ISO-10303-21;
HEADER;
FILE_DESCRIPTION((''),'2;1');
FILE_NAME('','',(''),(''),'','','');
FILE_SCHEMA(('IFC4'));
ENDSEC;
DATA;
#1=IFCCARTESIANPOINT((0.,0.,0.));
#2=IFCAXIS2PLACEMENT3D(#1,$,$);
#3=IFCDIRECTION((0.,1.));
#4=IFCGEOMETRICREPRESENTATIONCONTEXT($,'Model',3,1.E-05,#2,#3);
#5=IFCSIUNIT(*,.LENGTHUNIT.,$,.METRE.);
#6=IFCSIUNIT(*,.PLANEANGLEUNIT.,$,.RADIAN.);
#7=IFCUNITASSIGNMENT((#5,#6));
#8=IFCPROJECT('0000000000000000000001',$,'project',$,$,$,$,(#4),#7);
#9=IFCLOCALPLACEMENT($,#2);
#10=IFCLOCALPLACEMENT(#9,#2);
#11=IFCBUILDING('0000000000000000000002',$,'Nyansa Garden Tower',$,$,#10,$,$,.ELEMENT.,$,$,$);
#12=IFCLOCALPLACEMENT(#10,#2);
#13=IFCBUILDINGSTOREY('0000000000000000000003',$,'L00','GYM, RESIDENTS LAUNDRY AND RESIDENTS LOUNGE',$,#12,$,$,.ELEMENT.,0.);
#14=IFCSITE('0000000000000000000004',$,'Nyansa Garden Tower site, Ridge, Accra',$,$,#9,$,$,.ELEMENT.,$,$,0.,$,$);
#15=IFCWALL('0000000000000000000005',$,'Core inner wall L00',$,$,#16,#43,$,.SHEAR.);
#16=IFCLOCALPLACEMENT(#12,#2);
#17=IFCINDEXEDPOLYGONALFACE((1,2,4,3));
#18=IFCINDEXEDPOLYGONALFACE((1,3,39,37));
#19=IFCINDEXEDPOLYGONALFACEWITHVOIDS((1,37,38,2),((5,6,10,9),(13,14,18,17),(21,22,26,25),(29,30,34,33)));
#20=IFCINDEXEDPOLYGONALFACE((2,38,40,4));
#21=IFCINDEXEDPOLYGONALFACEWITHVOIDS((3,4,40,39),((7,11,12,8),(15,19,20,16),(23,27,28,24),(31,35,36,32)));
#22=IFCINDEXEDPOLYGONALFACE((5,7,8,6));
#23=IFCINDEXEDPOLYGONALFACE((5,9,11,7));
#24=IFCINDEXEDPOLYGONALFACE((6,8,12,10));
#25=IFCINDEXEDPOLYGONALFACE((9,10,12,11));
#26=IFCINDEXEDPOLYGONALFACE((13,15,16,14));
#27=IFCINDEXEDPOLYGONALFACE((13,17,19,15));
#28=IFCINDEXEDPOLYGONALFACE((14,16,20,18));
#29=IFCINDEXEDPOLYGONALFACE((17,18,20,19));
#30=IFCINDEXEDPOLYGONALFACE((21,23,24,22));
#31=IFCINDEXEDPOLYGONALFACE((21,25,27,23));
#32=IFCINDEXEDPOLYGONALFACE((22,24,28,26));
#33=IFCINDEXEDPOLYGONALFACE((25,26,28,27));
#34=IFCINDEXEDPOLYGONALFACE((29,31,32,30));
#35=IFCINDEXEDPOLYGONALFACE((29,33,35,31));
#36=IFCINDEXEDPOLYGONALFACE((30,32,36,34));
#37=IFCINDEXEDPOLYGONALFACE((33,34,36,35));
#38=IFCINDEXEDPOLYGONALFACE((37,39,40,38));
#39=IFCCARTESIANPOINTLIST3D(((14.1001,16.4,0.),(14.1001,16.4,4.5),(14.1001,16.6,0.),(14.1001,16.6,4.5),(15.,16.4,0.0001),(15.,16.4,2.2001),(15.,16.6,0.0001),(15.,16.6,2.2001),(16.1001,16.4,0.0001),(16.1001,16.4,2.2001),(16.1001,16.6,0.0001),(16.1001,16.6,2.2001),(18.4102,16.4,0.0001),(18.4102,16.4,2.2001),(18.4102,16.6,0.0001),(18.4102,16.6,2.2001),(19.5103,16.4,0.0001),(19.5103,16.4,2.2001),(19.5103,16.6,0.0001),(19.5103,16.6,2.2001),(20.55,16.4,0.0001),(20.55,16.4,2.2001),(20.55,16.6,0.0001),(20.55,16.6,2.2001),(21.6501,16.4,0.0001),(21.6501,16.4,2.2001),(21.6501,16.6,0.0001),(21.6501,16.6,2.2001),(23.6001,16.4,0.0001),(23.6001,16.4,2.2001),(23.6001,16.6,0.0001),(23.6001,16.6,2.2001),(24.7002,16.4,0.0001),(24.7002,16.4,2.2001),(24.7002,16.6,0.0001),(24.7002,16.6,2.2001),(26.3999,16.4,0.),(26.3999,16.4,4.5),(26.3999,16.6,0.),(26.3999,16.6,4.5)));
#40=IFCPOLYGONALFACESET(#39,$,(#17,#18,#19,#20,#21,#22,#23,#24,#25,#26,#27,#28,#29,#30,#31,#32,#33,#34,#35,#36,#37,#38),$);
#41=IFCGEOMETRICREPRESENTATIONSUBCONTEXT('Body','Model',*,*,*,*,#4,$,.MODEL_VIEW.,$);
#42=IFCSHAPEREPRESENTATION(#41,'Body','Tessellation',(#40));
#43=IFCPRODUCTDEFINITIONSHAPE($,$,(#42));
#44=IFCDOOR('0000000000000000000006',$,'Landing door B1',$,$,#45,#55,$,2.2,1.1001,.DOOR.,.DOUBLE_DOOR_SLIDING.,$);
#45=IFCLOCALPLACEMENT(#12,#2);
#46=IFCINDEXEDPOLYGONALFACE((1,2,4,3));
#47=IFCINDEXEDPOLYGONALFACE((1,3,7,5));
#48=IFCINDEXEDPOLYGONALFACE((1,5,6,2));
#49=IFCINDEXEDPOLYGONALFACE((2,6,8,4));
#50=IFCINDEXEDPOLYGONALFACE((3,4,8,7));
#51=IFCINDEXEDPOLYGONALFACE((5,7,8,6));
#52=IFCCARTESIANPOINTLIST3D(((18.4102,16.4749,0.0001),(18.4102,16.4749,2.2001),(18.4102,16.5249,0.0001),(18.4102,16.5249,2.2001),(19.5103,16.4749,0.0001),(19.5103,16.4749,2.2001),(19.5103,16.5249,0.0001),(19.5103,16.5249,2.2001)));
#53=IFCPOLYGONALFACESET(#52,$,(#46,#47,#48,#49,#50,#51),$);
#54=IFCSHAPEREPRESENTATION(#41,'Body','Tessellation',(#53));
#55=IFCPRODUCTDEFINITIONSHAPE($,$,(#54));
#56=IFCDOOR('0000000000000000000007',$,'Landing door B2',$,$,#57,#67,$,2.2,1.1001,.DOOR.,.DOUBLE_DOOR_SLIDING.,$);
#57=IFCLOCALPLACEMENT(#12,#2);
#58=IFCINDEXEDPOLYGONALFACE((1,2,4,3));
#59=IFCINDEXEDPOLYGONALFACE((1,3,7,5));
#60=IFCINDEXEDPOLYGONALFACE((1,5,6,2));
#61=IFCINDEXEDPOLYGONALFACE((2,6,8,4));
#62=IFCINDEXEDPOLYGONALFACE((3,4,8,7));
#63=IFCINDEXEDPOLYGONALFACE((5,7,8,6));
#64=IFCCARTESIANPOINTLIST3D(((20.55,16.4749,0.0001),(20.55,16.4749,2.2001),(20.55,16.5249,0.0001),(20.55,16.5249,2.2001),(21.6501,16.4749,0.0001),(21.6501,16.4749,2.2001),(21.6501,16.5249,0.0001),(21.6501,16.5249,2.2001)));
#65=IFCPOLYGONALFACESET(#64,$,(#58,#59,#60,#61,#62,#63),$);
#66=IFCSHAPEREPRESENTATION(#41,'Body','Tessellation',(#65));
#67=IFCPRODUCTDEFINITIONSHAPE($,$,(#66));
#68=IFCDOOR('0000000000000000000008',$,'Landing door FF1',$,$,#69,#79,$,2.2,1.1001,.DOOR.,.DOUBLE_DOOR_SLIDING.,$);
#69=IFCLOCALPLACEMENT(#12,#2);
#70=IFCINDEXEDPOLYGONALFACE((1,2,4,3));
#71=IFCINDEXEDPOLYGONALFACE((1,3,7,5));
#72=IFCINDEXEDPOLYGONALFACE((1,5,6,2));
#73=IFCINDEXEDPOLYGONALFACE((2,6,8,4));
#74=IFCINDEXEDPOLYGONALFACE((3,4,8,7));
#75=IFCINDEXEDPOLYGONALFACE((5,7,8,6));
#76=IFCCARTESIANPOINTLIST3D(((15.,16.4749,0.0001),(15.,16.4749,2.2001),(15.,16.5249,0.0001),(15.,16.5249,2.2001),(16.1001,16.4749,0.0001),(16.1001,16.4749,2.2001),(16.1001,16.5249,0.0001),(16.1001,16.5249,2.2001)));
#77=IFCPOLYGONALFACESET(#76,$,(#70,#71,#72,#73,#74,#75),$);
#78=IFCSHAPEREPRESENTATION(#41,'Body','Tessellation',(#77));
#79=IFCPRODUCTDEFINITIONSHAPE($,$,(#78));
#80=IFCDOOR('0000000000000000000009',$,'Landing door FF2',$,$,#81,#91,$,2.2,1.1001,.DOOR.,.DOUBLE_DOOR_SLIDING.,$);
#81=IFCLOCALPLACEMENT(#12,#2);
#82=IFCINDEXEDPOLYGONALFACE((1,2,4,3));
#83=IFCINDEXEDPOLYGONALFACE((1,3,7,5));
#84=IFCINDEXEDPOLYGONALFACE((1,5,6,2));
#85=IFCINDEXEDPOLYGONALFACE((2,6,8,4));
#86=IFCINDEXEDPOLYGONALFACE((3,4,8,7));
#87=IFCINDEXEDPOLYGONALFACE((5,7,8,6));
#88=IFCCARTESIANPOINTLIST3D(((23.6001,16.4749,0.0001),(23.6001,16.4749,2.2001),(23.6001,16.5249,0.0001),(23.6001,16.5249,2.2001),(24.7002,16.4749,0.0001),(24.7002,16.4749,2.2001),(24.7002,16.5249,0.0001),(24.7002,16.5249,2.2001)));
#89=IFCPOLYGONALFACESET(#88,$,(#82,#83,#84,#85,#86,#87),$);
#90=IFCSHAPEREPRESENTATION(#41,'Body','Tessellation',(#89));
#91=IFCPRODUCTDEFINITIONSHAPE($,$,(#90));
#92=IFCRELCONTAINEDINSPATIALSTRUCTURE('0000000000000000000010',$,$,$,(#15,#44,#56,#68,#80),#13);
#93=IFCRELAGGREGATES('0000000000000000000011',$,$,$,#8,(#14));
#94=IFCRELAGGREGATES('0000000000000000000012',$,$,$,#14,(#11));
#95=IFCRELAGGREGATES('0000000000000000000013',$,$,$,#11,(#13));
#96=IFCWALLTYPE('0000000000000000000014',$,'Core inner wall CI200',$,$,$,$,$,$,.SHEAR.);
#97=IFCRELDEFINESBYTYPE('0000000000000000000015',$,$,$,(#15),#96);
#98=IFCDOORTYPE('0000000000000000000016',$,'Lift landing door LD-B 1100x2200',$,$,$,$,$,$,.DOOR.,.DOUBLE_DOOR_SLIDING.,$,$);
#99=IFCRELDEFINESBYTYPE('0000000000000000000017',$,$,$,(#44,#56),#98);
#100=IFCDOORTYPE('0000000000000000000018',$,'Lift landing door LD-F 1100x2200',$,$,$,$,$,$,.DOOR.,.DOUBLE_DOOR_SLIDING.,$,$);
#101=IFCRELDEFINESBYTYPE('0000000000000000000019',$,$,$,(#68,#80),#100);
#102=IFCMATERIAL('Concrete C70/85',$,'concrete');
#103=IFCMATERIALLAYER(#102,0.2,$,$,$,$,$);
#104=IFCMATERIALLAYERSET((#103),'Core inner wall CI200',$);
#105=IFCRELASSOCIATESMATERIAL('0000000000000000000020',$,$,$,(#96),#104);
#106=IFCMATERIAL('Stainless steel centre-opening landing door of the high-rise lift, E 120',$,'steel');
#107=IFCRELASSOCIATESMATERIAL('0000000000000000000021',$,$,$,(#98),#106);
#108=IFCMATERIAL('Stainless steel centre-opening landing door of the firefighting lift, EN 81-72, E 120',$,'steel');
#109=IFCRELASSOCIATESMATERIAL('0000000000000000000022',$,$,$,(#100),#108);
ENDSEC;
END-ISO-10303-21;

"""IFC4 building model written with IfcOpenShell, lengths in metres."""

from ifc_helpers import new_model, si_unit, direction, frame, frame_2d, origin, place, context, subcontext, project, spatial, rectangle, extrude, material, layer, layer_set, type_object, element, fill, save


model = new_model("IFC4")

# Units and contexts
model_context = context("Model", 3, precision=1e-05, world=origin(), true_north=direction((0.0, 1.0)))
body_context = subcontext(model_context, "Body", "Model", "MODEL_VIEW")
ifc_project = project(units=[si_unit("LENGTHUNIT", "METRE"), si_unit("PLANEANGLEUNIT", "RADIAN")], contexts=[model_context])

# Site, building, storey
site_placement = place(None, origin())
site = spatial("IfcSite", under=ifc_project, at=site_placement, Name="Nyansa Garden Tower site, Ridge, Accra", CompositionType="ELEMENT", RefElevation=0.0)
building_placement = place(site_placement, origin())
building = spatial("IfcBuilding", under=site, at=building_placement, Name="Nyansa Garden Tower", CompositionType="ELEMENT")
storey_placement = place(building_placement, origin())
storey = spatial("IfcBuildingStorey", under=building, at=storey_placement, Name="L00", Description="GYM, RESIDENTS LAUNDRY AND RESIDENTS LOUNGE", CompositionType="ELEMENT", Elevation=0.0)

# Wall, openings, doors
ifc_material_1 = material(Name="Concrete C70/85", Category="concrete")
ifc_layer_1 = layer(ifc_material_1, 0.2)
ifc_layer_set_1 = layer_set([ifc_layer_1], Name="Core inner wall CI200")
wall_type_1 = type_object("IfcWallType", Name="Core inner wall CI200", PredefinedType="SHEAR", material=ifc_layer_set_1)
wall_1_placement = place(storey_placement, frame((14.1001, 16.5, 0.0), z_axis=(0.0, 0.0, 1.0), x_axis=(1.0, 0.0, 0.0)))
wall_1 = element("IfcWall", 1, at=wall_1_placement, inside=storey, type_object=wall_type_1, Name="Core inner wall L00", PredefinedType="SHEAR", context=body_context, shape_type="SweptSolid", body=[
    extrude(rectangle(XDim=12.2998, YDim=0.2, at=frame_2d((6.1499, 0.0))), origin(), (0.0, 0.0, 1.0), 4.5),
])
opening_1_placement = place(wall_1_placement, frame((0.8999, 0.0, 0.0)))
opening_1 = element("IfcOpeningElement", 2, at=opening_1_placement, cuts=wall_1, PredefinedType="OPENING", context=body_context, shape_type="SweptSolid", body=[
    extrude(rectangle(XDim=1.1001, YDim=2.2, at=frame_2d((0.55, 1.1001))), frame((0.0, 0.1099, 0.0), z_axis=(0.0, -1.0, 0.0), x_axis=(1.0, 0.0, 0.0)), (0.0, 0.0, 1.0), 0.22),
])
opening_2_placement = place(wall_1_placement, frame((4.3101, 0.0, 0.0)))
opening_2 = element("IfcOpeningElement", 3, at=opening_2_placement, cuts=wall_1, PredefinedType="OPENING", context=body_context, shape_type="SweptSolid", body=[
    extrude(rectangle(XDim=1.1001, YDim=2.2, at=frame_2d((0.55, 1.1001))), frame((0.0, 0.1099, 0.0), z_axis=(0.0, -1.0, 0.0), x_axis=(1.0, 0.0, 0.0)), (0.0, 0.0, 1.0), 0.22),
])
opening_3_placement = place(wall_1_placement, frame((6.45, 0.0, 0.0)))
opening_3 = element("IfcOpeningElement", 4, at=opening_3_placement, cuts=wall_1, PredefinedType="OPENING", context=body_context, shape_type="SweptSolid", body=[
    extrude(rectangle(XDim=1.1001, YDim=2.2, at=frame_2d((0.55, 1.1001))), frame((0.0, 0.1099, 0.0), z_axis=(0.0, -1.0, 0.0), x_axis=(1.0, 0.0, 0.0)), (0.0, 0.0, 1.0), 0.22),
])
opening_4_placement = place(wall_1_placement, frame((9.5, 0.0, 0.0)))
opening_4 = element("IfcOpeningElement", 5, at=opening_4_placement, cuts=wall_1, PredefinedType="OPENING", context=body_context, shape_type="SweptSolid", body=[
    extrude(rectangle(XDim=1.1001, YDim=2.2, at=frame_2d((0.55, 1.1001))), frame((0.0, 0.1099, 0.0), z_axis=(0.0, -1.0, 0.0), x_axis=(1.0, 0.0, 0.0)), (0.0, 0.0, 1.0), 0.22),
])
ifc_material_2 = material(Name="Stainless steel centre-opening landing door of the high-rise lift, E 120", Category="steel")
door_type_1 = type_object("IfcDoorType", Name="Lift landing door LD-B 1100x2200", OperationType="DOUBLE_DOOR_SLIDING", PredefinedType="DOOR", material=ifc_material_2)
door_1_placement = place(opening_2_placement, origin())
door_1 = element("IfcDoor", 6, at=door_1_placement, inside=storey, type_object=door_type_1, Name="Landing door B1", OperationType="DOUBLE_DOOR_SLIDING", OverallHeight=2.2, OverallWidth=1.1001, PredefinedType="DOOR", context=body_context, shape_type="SweptSolid", body=[
    extrude(rectangle(XDim=1.1001, YDim=2.2, at=frame_2d((0.55, 1.1001))), frame((0.0, 0.0249, 0.0), z_axis=(0.0, -1.0, 0.0), x_axis=(1.0, 0.0, 0.0)), (0.0, 0.0, 1.0), 0.05),
])
fill(opening_2, door_1)
door_2_placement = place(opening_3_placement, origin())
door_2 = element("IfcDoor", 7, at=door_2_placement, inside=storey, type_object=door_type_1, Name="Landing door B2", OperationType="DOUBLE_DOOR_SLIDING", OverallHeight=2.2, OverallWidth=1.1001, PredefinedType="DOOR", context=body_context, shape_type="SweptSolid", body=[
    extrude(rectangle(XDim=1.1001, YDim=2.2, at=frame_2d((0.55, 1.1001))), frame((0.0, 0.0249, 0.0), z_axis=(0.0, -1.0, 0.0), x_axis=(1.0, 0.0, 0.0)), (0.0, 0.0, 1.0), 0.05),
])
fill(opening_3, door_2)
ifc_material_3 = material(Name="Stainless steel centre-opening landing door of the firefighting lift, EN 81-72, E 120", Category="steel")
door_type_2 = type_object("IfcDoorType", Name="Lift landing door LD-F 1100x2200", OperationType="DOUBLE_DOOR_SLIDING", PredefinedType="DOOR", material=ifc_material_3)
door_3_placement = place(opening_1_placement, origin())
door_3 = element("IfcDoor", 8, at=door_3_placement, inside=storey, type_object=door_type_2, Name="Landing door FF1", OperationType="DOUBLE_DOOR_SLIDING", OverallHeight=2.2, OverallWidth=1.1001, PredefinedType="DOOR", context=body_context, shape_type="SweptSolid", body=[
    extrude(rectangle(XDim=1.1001, YDim=2.2, at=frame_2d((0.55, 1.1001))), frame((0.0, 0.0249, 0.0), z_axis=(0.0, -1.0, 0.0), x_axis=(1.0, 0.0, 0.0)), (0.0, 0.0, 1.0), 0.05),
])
fill(opening_1, door_3)
door_4_placement = place(opening_4_placement, origin())
door_4 = element("IfcDoor", 9, at=door_4_placement, inside=storey, type_object=door_type_2, Name="Landing door FF2", OperationType="DOUBLE_DOOR_SLIDING", OverallHeight=2.2, OverallWidth=1.1001, PredefinedType="DOOR", context=body_context, shape_type="SweptSolid", body=[
    extrude(rectangle(XDim=1.1001, YDim=2.2, at=frame_2d((0.55, 1.1001))), frame((0.0, 0.0249, 0.0), z_axis=(0.0, -1.0, 0.0), x_axis=(1.0, 0.0, 0.0)), (0.0, 0.0, 1.0), 0.05),
])
fill(opening_4, door_4)

save(model, "model.ifc")
